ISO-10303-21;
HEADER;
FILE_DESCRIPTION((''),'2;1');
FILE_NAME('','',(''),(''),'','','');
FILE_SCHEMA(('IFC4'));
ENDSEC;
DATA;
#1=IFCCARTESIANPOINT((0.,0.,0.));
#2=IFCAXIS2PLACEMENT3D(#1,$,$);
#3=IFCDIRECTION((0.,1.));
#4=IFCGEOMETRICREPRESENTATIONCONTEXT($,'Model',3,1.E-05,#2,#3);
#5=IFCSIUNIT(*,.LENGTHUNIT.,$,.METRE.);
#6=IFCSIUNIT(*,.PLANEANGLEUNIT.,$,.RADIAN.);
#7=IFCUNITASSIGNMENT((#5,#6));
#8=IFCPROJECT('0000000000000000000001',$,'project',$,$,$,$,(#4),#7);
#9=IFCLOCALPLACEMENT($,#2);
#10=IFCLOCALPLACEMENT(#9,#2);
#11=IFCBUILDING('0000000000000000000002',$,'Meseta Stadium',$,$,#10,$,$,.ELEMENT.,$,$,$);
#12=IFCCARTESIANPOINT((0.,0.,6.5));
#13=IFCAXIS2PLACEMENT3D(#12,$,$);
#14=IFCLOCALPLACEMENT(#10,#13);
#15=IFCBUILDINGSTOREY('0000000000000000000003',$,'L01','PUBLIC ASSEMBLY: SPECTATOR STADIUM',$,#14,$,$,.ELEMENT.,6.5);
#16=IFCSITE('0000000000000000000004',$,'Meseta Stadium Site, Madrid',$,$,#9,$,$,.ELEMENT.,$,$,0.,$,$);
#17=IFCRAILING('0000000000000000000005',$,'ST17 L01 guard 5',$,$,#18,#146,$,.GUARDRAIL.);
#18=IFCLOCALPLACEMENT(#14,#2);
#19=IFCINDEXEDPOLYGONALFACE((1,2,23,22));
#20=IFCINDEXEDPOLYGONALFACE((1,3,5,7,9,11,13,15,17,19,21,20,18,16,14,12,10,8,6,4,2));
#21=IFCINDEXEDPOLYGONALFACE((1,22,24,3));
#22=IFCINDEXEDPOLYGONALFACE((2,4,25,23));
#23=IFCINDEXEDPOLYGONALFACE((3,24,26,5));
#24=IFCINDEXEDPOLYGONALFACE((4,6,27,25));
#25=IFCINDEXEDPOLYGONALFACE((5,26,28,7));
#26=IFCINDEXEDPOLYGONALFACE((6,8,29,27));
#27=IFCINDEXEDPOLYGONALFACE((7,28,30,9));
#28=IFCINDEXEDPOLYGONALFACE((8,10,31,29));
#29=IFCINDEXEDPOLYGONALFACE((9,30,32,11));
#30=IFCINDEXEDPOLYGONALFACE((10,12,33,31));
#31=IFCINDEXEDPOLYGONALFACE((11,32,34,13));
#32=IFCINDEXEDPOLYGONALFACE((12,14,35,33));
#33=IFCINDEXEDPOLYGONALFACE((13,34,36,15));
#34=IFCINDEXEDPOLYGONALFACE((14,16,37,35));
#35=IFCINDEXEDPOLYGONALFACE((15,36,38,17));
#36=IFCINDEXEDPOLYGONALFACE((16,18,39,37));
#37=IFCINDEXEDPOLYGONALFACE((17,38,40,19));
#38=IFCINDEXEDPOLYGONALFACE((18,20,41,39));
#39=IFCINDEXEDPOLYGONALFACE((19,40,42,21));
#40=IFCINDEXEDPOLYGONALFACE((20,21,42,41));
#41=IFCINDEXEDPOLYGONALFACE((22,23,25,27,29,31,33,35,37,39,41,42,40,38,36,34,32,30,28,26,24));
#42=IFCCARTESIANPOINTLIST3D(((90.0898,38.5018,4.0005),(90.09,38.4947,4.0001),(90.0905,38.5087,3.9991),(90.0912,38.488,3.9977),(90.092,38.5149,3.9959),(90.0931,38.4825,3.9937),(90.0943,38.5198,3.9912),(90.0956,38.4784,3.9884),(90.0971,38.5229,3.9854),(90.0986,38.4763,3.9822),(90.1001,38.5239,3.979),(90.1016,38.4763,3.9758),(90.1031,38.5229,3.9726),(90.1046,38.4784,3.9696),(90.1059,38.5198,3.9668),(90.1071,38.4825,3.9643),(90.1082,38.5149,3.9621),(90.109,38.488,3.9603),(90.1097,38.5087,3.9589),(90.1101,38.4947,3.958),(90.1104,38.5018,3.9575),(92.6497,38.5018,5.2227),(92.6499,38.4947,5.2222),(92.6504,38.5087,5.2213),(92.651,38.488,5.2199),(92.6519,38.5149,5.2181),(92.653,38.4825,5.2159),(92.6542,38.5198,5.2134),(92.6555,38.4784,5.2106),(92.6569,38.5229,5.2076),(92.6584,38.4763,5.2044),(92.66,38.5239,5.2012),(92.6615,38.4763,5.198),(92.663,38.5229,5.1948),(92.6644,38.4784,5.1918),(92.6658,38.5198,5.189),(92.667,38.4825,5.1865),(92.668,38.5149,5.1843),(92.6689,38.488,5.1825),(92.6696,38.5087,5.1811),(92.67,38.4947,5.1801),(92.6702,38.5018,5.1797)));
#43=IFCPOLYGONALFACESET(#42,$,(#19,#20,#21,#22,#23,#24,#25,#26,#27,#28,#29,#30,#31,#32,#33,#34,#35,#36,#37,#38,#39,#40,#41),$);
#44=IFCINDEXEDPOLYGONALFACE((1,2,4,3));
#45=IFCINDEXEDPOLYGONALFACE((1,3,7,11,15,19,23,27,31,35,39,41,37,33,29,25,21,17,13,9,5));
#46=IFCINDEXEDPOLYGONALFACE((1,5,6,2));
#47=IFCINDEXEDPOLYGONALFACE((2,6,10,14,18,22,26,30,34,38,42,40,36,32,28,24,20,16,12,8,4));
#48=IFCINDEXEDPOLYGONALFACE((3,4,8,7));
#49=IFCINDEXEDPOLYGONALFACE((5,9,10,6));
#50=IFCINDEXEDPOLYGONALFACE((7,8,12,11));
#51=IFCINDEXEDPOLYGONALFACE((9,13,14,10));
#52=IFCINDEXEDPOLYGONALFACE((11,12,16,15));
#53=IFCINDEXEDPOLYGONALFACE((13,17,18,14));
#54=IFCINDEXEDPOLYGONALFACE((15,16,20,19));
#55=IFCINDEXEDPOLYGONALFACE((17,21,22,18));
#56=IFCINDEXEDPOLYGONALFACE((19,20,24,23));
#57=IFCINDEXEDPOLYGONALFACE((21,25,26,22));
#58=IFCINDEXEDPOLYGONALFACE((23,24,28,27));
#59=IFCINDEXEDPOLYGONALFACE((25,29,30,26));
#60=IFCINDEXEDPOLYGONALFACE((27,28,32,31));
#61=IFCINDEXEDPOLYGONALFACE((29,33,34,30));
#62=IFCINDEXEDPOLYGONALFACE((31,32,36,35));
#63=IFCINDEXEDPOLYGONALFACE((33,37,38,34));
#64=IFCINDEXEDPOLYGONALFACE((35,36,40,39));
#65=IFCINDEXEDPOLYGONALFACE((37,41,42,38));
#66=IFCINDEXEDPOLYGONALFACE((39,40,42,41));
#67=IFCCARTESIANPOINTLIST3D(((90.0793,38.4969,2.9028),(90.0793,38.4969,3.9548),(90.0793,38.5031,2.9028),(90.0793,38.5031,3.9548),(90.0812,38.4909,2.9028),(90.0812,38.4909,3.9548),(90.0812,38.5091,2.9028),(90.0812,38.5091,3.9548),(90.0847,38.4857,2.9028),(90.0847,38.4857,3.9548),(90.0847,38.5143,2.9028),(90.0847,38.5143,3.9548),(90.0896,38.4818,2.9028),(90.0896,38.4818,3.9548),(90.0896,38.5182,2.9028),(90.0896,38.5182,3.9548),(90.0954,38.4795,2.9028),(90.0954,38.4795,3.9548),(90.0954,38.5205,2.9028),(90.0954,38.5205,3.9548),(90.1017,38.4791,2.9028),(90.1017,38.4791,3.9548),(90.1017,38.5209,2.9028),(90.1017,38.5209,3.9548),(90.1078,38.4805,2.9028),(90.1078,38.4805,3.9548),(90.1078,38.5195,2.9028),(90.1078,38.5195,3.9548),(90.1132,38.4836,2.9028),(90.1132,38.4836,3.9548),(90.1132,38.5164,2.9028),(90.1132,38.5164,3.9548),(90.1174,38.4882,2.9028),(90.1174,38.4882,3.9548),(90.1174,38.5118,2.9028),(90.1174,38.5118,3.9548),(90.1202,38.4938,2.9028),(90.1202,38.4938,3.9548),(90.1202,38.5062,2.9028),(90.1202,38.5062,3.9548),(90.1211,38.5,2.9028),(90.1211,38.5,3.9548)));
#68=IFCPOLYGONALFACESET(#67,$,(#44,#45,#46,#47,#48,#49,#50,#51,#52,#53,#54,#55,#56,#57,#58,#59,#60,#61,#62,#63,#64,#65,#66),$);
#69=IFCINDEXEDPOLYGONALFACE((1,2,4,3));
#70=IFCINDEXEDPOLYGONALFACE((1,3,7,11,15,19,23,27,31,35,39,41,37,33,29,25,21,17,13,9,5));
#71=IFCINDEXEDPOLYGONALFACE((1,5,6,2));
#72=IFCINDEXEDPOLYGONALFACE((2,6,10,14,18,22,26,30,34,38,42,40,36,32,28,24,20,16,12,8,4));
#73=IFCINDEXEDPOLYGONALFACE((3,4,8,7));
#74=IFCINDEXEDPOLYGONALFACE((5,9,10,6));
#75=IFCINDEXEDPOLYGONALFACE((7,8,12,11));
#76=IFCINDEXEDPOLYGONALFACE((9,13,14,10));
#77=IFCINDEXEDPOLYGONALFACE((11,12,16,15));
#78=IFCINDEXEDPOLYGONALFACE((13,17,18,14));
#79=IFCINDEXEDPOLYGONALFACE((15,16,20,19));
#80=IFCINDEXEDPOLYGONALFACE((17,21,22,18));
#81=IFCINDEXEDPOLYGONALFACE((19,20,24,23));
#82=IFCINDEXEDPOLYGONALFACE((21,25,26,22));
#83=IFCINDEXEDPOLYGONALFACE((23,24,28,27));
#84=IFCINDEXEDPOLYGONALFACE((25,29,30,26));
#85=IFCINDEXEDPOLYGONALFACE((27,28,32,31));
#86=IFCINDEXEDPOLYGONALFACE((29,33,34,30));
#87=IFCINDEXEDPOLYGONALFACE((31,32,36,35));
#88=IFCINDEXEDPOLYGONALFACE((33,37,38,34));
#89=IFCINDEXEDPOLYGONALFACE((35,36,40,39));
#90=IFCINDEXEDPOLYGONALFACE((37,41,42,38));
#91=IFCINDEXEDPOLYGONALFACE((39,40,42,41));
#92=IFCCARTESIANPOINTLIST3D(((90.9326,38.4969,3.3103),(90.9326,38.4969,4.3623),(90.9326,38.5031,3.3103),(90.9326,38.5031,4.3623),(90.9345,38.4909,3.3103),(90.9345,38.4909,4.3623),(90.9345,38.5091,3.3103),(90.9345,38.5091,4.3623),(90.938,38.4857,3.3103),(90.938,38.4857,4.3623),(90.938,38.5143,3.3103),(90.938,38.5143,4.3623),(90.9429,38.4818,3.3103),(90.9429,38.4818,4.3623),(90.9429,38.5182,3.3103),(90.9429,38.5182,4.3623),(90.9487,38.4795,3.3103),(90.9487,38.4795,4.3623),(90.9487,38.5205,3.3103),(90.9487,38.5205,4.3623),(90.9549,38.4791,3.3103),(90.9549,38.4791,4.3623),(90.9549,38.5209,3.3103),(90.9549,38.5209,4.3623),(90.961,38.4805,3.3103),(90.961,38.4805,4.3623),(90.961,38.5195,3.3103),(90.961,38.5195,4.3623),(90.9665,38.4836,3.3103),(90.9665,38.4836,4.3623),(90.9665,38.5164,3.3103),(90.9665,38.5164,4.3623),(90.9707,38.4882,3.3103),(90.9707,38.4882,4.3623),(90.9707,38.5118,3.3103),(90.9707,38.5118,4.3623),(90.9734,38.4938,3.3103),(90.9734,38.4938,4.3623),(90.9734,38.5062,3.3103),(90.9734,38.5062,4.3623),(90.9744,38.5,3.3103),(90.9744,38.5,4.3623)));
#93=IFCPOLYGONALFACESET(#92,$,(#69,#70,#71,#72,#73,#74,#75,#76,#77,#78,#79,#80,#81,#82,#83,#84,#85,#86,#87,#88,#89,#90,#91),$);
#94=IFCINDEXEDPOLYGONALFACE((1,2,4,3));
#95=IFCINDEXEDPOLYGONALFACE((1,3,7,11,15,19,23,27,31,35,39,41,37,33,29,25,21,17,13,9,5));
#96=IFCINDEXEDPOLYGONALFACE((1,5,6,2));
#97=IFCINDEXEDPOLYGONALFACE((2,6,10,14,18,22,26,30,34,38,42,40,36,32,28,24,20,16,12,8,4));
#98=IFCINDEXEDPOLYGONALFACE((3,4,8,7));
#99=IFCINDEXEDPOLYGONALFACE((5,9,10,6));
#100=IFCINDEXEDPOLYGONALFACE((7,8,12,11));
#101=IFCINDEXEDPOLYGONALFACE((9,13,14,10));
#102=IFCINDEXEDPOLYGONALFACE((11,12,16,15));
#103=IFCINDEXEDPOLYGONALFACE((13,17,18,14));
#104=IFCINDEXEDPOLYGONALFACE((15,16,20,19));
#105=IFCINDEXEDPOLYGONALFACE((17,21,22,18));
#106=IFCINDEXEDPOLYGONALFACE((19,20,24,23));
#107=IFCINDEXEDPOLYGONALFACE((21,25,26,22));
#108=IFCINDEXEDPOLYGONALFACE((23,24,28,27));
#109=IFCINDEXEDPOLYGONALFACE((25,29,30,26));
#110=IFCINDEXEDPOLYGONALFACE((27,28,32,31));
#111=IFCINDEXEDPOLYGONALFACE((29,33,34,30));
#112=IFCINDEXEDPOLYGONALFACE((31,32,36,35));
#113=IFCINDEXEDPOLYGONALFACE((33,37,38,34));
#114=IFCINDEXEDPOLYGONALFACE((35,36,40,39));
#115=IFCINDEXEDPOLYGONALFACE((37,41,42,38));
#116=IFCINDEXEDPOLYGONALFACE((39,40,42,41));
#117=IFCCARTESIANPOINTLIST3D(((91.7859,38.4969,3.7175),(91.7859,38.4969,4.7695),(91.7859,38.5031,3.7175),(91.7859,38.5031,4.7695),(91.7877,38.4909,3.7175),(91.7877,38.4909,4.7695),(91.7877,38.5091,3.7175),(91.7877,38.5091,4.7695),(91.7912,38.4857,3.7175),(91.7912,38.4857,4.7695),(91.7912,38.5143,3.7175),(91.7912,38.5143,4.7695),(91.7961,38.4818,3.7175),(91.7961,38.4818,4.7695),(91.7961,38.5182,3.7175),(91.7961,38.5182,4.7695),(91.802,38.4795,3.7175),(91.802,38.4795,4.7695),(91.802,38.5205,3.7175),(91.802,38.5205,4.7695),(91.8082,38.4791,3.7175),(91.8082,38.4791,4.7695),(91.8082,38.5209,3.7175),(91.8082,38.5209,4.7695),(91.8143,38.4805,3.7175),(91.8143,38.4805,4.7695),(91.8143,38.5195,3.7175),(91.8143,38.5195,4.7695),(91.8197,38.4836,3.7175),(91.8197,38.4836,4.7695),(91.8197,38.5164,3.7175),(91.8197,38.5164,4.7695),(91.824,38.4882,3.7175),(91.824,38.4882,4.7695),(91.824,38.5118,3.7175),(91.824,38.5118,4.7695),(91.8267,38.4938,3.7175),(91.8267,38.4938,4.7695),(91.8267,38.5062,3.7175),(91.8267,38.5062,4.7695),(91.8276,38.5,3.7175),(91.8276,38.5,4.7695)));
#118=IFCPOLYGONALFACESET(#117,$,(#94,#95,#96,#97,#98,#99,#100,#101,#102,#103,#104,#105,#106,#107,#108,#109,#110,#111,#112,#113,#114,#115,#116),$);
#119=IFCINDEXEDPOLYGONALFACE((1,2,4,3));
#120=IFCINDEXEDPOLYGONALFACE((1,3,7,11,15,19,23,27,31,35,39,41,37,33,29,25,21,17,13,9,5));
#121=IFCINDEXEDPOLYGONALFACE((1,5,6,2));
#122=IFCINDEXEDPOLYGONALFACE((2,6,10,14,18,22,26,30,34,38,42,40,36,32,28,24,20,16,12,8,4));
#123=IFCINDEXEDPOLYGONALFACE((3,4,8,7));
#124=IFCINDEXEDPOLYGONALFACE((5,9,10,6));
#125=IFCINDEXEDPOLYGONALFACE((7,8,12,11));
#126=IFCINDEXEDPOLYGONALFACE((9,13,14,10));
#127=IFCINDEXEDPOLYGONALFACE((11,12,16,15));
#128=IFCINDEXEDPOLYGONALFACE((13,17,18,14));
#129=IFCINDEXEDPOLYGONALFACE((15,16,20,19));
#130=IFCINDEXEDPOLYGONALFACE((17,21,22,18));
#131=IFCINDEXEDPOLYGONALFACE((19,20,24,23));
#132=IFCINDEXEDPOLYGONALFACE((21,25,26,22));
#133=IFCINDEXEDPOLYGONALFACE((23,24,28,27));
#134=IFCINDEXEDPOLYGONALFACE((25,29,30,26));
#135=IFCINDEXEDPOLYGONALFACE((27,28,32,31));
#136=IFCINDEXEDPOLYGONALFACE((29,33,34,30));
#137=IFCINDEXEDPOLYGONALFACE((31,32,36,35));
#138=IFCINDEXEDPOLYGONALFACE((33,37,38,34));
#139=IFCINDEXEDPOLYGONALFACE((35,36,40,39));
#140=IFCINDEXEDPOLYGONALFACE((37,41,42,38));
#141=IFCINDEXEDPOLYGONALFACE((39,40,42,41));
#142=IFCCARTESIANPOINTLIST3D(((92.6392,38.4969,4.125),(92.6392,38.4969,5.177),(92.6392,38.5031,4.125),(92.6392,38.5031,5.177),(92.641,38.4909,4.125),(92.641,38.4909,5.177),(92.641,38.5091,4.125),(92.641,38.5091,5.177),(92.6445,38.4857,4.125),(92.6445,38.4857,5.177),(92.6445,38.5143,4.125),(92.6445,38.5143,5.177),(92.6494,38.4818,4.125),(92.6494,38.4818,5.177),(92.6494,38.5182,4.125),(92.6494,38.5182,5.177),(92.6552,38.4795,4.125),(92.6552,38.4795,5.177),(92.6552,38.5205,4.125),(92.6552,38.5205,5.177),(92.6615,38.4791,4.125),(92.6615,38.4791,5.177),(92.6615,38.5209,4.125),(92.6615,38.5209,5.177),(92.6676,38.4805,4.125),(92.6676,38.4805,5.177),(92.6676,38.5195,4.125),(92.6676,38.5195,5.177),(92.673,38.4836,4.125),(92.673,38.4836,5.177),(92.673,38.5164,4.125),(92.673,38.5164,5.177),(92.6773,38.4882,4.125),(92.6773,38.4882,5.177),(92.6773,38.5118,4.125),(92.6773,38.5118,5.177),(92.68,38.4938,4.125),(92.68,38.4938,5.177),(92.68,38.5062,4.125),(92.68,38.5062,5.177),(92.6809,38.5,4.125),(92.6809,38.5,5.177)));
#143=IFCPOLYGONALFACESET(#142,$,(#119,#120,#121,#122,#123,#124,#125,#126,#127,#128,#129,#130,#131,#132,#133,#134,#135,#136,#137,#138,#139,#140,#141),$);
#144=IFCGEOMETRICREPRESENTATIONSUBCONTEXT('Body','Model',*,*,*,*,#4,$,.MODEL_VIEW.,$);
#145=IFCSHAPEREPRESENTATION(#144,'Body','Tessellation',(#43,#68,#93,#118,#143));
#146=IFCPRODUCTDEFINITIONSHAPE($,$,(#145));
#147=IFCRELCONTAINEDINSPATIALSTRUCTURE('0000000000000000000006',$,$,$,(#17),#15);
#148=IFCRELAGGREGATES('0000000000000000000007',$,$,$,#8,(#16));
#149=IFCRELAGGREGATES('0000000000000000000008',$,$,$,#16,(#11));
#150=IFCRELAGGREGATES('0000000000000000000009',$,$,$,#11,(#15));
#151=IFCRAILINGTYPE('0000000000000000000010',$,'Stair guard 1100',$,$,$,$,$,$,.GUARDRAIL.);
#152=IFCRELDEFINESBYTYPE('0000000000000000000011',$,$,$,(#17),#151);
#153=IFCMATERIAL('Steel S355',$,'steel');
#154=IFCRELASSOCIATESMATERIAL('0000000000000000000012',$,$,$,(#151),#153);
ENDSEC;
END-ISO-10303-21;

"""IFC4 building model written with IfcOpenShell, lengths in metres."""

from ifc_helpers import new_model, si_unit, direction, frame, origin, origin_2d, place, context, subcontext, project, spatial, circle, extrude, material, type_object, element, save


model = new_model("IFC4")

# Units and contexts
model_context = context("Model", 3, precision=1e-05, world=origin(), true_north=direction((0.0, 1.0)))
body_context = subcontext(model_context, "Body", "Model", "MODEL_VIEW")
ifc_project = project(units=[si_unit("LENGTHUNIT", "METRE"), si_unit("PLANEANGLEUNIT", "RADIAN")], contexts=[model_context])

# Site, building, storey
site_placement = place(None, origin())
site = spatial("IfcSite", under=ifc_project, at=site_placement, Name="Meseta Stadium Site, Madrid", CompositionType="ELEMENT", RefElevation=0.0)
building_placement = place(site_placement, origin())
building = spatial("IfcBuilding", under=site, at=building_placement, Name="Meseta Stadium", CompositionType="ELEMENT")
storey_placement = place(building_placement, frame((0.0, 0.0, 6.5)))
storey = spatial("IfcBuildingStorey", under=building, at=storey_placement, Name="L01", Description="PUBLIC ASSEMBLY: SPECTATOR STADIUM", CompositionType="ELEMENT", Elevation=6.5)

# Railing
ifc_material_1 = material(Name="Steel S355", Category="steel")
railing_type_1 = type_object("IfcRailingType", Name="Stair guard 1100", PredefinedType="GUARDRAIL", material=ifc_material_1)
railing_1_placement = place(storey_placement, frame((90.1001, 38.5, 2.9028)))
element("IfcRailing", 1, at=railing_1_placement, inside=storey, type_object=railing_type_1, Name="ST17 L01 guard 5", PredefinedType="GUARDRAIL", context=body_context, shape_type="SweptSolid", body=[
    extrude(circle(Radius=0.0239, at=origin_2d()), frame((0.0, 0.0, 1.0762), z_axis=(0.902421, 0.0, 0.430855), x_axis=(0.0, 1.0, 0.0)), (0.0, 0.0, 1.0), 2.8367),
    extrude(circle(Radius=0.021, at=origin_2d()), origin(), (0.0, 0.0, 1.0), 1.052),
    extrude(circle(Radius=0.021, at=origin_2d()), frame((0.8533, 0.0, 0.4075)), (0.0, 0.0, 1.0), 1.052),
    extrude(circle(Radius=0.021, at=origin_2d()), frame((1.7065, 0.0, 0.8147)), (0.0, 0.0, 1.0), 1.052),
    extrude(circle(Radius=0.021, at=origin_2d()), frame((2.5598, 0.0, 1.2222)), (0.0, 0.0, 1.0), 1.052),
])

save(model, "model.ifc")
